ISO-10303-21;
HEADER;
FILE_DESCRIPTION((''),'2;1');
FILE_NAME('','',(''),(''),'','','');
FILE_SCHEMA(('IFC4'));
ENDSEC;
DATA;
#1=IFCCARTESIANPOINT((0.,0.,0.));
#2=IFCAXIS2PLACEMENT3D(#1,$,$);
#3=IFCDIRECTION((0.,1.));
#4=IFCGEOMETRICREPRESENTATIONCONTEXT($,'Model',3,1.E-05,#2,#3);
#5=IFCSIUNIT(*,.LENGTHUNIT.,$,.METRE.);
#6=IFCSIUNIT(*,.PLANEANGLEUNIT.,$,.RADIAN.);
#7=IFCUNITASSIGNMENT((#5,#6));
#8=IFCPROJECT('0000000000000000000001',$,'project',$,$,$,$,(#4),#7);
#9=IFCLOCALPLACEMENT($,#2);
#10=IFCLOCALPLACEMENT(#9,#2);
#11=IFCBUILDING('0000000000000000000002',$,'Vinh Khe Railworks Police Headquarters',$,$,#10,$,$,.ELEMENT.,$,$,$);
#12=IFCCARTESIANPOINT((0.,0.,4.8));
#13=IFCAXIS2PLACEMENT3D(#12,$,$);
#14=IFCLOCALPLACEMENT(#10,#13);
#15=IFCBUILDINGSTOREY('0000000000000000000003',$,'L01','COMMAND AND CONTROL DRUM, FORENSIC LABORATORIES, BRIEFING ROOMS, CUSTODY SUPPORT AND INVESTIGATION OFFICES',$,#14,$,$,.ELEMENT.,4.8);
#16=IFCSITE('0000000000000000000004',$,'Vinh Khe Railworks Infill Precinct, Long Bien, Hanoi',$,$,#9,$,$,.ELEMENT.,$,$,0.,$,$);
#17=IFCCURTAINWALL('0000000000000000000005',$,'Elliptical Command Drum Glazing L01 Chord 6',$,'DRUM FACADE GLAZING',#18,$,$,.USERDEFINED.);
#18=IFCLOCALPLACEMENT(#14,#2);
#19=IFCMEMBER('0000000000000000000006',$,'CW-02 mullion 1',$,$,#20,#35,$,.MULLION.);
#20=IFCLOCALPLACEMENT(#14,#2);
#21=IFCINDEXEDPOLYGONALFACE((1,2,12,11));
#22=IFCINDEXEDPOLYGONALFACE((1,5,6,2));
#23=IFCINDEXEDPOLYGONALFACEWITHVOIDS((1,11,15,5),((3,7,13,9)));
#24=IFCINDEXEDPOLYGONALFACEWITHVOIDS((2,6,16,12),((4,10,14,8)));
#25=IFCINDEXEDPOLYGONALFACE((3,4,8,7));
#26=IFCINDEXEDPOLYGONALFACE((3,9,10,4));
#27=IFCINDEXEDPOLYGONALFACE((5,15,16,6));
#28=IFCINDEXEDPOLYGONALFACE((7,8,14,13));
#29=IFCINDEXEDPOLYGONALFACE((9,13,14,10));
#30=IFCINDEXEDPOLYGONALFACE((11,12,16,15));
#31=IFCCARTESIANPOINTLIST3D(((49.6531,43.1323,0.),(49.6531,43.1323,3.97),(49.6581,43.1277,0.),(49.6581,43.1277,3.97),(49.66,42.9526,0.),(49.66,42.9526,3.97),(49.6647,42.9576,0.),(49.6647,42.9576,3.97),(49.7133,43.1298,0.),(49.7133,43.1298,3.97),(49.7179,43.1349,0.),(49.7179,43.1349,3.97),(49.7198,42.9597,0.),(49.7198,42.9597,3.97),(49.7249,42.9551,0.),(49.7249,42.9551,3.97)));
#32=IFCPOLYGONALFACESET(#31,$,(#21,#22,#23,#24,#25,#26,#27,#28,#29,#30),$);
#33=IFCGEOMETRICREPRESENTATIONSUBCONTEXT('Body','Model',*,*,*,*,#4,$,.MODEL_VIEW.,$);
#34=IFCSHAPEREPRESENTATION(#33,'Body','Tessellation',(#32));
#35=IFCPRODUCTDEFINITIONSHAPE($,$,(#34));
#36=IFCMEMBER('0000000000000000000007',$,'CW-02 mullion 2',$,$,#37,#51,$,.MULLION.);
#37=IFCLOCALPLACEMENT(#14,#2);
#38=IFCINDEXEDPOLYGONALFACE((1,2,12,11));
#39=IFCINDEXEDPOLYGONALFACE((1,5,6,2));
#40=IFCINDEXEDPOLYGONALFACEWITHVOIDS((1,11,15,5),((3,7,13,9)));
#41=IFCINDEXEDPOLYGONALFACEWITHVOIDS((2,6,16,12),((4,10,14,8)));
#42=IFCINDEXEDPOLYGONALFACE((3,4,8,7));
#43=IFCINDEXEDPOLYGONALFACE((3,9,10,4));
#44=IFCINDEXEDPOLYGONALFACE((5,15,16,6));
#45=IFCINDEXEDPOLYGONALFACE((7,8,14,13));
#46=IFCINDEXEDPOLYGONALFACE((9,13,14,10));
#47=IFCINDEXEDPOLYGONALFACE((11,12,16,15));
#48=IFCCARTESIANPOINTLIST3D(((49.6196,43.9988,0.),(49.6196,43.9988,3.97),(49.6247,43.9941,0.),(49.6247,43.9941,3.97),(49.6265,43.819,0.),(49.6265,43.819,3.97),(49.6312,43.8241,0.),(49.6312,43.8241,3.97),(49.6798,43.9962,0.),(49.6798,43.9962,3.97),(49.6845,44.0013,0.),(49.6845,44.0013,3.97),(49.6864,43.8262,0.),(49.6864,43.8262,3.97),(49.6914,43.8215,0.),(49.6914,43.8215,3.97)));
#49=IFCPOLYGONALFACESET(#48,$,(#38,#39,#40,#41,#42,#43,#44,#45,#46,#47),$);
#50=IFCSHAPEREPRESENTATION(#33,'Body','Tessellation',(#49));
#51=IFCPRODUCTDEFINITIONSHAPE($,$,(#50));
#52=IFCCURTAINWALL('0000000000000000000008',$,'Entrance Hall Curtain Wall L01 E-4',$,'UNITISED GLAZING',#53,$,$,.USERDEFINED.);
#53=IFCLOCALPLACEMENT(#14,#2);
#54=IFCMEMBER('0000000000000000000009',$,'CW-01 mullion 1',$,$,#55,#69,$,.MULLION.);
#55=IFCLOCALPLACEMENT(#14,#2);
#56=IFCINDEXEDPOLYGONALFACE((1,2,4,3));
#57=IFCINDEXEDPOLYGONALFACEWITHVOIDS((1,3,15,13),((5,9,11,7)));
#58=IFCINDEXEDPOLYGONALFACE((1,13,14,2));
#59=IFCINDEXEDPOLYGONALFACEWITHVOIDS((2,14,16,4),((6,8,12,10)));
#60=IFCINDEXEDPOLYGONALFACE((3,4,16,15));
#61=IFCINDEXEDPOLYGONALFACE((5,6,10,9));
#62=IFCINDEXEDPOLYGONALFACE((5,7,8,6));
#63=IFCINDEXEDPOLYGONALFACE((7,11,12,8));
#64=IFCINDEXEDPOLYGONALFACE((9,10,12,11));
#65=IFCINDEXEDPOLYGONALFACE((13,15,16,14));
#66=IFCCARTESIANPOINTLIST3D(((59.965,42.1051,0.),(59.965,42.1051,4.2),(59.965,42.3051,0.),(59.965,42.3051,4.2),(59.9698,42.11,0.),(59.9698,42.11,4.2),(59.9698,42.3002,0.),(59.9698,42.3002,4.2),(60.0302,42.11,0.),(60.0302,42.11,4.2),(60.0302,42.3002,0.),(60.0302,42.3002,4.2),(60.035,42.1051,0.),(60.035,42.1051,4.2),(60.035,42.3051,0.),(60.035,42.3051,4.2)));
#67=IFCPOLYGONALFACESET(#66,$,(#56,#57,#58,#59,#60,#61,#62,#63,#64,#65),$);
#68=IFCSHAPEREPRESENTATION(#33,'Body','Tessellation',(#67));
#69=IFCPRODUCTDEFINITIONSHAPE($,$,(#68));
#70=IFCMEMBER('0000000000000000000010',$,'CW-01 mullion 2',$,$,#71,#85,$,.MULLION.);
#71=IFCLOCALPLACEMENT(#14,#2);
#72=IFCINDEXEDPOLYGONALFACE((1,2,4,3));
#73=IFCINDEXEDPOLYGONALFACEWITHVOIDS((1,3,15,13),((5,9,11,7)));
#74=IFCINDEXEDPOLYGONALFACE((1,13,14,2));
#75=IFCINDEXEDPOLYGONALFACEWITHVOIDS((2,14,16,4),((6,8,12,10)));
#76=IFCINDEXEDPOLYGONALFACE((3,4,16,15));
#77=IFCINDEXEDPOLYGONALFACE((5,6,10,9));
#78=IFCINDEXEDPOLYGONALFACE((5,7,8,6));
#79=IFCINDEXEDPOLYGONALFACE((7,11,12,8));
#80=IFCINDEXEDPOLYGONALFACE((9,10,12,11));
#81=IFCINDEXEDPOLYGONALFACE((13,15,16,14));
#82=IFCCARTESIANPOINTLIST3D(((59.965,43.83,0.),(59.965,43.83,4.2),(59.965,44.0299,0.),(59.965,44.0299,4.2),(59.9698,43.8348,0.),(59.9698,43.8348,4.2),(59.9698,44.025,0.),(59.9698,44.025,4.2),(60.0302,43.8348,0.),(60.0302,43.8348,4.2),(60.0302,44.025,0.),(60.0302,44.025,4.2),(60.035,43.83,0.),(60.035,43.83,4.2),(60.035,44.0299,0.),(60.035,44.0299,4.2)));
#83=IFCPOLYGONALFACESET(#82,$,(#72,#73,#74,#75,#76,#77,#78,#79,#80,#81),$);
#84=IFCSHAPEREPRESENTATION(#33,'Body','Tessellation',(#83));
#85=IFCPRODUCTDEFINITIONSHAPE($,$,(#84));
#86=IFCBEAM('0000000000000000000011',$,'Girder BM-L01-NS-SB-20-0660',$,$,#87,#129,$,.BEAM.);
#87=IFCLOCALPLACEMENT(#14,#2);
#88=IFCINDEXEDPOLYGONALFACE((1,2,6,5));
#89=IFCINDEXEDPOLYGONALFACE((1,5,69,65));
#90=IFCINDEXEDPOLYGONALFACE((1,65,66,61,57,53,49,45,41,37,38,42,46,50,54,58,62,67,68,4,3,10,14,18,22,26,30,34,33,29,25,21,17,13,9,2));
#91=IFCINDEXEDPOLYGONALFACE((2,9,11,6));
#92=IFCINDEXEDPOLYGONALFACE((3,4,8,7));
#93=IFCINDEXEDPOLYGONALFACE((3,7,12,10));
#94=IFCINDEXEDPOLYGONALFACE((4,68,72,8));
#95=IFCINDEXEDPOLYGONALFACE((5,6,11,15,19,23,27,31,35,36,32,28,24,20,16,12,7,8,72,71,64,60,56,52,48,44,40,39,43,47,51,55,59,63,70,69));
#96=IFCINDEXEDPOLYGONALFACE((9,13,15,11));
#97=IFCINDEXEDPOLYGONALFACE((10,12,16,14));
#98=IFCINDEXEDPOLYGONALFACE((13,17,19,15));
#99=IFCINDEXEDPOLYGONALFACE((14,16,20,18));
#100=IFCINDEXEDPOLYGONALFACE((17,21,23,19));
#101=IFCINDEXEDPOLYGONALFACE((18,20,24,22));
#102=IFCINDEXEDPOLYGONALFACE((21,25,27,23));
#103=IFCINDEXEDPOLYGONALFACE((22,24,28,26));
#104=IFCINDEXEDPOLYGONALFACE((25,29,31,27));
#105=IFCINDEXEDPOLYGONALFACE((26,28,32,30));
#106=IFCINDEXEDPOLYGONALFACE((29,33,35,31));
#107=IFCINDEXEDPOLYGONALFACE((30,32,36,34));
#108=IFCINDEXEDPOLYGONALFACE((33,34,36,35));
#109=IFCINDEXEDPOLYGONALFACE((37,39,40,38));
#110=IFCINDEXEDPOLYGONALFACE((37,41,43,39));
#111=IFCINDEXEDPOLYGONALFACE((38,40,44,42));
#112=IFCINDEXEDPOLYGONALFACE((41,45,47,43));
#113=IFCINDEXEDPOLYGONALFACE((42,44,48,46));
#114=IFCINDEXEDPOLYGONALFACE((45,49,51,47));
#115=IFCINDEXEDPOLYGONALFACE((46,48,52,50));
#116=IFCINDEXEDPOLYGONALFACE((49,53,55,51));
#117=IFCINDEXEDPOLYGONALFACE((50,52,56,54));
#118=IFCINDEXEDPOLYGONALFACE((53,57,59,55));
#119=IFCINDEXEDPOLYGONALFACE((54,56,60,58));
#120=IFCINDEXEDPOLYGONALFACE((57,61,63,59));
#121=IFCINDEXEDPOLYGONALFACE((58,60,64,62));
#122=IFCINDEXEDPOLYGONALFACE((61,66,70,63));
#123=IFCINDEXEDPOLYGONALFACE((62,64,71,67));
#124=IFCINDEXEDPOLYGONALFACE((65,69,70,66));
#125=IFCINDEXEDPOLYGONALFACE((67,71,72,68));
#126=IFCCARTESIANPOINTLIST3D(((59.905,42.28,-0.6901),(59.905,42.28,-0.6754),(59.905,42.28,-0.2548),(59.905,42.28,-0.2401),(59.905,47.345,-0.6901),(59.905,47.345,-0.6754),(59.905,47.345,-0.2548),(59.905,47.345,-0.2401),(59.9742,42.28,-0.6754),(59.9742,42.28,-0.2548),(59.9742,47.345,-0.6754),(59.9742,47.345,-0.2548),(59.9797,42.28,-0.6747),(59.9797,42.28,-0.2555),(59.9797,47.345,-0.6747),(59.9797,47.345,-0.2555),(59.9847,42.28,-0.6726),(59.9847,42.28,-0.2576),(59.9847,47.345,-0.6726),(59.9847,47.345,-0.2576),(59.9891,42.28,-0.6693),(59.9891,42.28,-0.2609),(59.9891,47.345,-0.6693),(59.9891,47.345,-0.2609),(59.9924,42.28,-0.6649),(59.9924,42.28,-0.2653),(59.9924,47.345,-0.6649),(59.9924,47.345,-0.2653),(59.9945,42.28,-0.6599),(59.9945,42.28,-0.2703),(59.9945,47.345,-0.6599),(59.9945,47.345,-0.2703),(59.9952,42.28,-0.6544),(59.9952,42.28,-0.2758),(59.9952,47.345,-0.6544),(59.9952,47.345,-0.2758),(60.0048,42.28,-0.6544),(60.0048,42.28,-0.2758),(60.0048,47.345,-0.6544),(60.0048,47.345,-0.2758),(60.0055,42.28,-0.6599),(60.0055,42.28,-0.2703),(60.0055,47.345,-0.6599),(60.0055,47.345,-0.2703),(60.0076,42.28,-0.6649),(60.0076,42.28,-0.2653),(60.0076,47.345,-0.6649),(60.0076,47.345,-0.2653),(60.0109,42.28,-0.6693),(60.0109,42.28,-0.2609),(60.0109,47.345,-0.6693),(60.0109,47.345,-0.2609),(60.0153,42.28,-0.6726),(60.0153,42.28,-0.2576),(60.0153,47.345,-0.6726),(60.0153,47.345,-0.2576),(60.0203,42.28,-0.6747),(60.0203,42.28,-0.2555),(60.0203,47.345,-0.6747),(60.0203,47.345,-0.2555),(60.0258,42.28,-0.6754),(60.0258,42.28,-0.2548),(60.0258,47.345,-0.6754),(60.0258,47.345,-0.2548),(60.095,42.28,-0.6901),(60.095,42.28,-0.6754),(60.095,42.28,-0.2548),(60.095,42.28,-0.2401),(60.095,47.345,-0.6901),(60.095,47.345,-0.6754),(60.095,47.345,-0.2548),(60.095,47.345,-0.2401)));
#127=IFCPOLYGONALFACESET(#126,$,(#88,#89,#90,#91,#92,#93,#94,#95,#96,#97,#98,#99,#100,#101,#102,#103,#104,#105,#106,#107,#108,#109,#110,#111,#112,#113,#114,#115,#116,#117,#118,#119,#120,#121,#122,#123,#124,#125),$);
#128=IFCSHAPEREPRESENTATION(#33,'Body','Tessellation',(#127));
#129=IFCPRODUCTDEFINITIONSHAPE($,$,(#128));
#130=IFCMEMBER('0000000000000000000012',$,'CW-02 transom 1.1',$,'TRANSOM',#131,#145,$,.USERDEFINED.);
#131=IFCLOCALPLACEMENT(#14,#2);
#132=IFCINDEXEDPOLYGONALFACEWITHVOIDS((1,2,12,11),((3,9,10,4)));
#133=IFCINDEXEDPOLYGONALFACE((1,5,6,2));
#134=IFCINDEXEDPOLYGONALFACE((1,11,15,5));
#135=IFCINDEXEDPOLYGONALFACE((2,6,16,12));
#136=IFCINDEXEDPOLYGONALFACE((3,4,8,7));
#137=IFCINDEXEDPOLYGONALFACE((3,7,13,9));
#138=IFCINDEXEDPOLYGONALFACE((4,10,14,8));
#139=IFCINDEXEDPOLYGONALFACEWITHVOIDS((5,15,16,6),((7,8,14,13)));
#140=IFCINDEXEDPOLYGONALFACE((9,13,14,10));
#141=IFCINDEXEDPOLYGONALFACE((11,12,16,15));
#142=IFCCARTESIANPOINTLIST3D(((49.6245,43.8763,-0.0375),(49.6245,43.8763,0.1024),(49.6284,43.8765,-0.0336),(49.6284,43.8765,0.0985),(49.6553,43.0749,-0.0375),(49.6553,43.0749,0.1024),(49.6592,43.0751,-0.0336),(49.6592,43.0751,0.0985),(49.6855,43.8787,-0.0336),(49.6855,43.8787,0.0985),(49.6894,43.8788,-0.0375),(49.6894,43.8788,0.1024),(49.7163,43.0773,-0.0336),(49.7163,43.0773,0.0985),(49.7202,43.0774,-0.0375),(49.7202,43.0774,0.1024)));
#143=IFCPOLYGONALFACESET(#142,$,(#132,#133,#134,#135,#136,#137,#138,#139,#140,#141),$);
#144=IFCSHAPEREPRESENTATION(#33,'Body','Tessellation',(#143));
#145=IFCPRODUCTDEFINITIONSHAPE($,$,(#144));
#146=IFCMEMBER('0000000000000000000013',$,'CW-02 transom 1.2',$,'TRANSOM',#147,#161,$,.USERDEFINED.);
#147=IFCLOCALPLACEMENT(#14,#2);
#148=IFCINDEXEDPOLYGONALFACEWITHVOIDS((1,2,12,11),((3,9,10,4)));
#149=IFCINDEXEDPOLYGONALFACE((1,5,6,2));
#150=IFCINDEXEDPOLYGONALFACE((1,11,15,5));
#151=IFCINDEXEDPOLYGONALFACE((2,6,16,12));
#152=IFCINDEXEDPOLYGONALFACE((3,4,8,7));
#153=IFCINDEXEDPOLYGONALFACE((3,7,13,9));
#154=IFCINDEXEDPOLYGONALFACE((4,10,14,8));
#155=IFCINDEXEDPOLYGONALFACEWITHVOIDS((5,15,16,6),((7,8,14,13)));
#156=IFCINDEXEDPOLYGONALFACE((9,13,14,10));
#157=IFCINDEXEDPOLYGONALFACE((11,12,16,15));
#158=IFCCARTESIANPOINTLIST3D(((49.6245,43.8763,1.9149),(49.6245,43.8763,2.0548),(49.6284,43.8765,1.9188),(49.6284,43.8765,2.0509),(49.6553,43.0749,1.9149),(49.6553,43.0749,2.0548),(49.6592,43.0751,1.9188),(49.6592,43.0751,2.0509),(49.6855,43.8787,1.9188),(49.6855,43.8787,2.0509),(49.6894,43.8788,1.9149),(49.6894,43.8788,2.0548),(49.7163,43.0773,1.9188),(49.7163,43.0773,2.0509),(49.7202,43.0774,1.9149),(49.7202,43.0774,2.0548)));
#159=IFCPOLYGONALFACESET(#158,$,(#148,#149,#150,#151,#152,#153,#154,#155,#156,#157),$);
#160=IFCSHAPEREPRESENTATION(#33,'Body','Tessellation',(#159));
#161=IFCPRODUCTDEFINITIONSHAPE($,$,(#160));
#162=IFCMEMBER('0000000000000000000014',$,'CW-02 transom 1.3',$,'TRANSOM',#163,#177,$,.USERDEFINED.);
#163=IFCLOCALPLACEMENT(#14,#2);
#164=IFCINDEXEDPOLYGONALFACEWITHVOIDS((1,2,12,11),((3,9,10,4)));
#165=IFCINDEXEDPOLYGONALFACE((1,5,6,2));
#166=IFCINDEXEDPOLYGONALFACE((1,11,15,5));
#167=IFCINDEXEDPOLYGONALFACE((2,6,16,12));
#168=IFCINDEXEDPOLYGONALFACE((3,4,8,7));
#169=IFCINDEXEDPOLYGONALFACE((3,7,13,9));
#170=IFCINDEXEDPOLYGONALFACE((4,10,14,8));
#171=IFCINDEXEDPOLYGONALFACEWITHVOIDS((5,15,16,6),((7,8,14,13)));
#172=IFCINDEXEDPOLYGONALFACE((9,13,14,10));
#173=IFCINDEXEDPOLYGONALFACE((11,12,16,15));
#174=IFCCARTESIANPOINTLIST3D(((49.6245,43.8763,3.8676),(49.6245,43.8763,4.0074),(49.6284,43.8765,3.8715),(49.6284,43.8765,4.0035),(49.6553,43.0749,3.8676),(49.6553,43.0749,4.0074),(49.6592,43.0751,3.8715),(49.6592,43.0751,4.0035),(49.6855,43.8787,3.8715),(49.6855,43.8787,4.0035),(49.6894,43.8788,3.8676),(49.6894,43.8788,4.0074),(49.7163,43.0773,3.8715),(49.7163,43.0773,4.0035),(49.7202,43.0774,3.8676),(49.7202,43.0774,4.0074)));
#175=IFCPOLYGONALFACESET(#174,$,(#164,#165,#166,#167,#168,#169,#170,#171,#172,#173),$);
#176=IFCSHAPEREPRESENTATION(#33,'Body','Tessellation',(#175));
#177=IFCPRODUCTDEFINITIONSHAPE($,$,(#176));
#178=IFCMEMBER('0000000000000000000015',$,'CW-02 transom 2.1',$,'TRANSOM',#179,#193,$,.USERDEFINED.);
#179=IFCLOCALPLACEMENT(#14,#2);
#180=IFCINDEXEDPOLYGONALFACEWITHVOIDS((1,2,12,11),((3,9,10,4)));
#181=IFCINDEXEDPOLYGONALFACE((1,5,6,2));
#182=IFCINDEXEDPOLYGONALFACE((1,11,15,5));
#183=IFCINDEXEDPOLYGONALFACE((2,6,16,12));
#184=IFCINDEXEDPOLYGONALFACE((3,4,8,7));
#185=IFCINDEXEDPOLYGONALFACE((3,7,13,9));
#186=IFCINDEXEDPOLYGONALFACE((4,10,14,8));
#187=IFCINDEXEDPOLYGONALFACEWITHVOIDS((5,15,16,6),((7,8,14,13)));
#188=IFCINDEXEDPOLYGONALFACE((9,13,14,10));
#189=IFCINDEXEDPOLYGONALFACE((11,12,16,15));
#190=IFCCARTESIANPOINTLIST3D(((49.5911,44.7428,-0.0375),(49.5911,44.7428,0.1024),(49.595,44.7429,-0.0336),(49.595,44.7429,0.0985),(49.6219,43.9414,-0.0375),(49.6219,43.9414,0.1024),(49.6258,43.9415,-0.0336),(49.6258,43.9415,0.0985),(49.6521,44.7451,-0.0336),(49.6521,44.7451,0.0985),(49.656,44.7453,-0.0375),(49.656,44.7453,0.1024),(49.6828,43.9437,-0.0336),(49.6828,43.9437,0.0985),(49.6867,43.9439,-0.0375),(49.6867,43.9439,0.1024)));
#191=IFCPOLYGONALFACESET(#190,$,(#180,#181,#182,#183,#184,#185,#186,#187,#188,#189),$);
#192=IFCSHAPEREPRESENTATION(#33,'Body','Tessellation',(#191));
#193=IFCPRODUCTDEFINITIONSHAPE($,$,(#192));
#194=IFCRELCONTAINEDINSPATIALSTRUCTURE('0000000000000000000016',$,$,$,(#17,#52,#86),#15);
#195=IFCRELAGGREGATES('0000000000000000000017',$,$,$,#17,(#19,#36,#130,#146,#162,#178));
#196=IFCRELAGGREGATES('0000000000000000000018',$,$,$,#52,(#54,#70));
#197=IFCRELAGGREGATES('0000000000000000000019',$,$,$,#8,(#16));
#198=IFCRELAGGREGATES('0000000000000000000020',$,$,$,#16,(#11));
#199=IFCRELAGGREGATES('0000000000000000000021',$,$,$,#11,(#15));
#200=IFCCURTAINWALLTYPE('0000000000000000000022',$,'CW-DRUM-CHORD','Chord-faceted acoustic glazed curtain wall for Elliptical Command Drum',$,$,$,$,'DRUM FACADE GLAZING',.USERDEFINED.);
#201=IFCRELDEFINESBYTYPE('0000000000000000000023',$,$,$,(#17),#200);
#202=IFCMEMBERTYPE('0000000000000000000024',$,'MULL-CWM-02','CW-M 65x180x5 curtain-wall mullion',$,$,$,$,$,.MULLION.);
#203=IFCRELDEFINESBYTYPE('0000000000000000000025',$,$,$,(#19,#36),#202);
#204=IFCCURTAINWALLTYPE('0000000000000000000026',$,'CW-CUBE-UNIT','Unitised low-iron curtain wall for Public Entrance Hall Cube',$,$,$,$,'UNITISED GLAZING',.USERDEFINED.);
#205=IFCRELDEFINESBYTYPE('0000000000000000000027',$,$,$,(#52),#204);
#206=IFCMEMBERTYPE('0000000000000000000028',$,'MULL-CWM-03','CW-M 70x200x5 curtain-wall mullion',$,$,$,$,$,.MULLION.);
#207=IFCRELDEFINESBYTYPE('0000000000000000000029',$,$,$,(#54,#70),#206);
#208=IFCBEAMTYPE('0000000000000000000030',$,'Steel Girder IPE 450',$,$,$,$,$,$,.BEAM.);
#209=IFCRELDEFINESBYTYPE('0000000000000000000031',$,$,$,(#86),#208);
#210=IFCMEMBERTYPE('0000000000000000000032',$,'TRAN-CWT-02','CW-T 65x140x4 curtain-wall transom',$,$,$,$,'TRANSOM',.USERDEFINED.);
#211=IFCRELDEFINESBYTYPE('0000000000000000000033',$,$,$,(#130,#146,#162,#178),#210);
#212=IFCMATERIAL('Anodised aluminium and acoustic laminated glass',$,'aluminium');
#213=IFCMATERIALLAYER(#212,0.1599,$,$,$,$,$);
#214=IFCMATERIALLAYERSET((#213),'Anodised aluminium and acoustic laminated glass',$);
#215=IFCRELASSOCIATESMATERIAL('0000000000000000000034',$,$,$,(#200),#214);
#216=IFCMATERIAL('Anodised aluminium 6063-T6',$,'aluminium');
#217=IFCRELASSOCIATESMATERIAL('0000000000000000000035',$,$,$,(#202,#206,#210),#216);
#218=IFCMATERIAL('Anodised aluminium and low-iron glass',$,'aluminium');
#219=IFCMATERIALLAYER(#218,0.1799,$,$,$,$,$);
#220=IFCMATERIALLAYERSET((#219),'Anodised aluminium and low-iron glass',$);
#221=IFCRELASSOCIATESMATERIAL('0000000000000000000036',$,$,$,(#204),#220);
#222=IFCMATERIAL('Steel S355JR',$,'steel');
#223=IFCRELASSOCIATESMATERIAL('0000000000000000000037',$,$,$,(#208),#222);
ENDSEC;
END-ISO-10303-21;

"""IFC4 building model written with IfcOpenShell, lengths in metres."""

from ifc_helpers import new_model, si_unit, direction, frame, origin, origin_2d, place, context, subcontext, project, spatial, hollow_rectangle, i_section, extrude, material, layer, layer_set, material_profile, profile_set, type_object, element, aggregate, save


model = new_model("IFC4")

# Units and contexts
model_context = context("Model", 3, precision=1e-05, world=origin(), true_north=direction((0.0, 1.0)))
body_context = subcontext(model_context, "Body", "Model", "MODEL_VIEW")
ifc_project = project(units=[si_unit("LENGTHUNIT", "METRE"), si_unit("PLANEANGLEUNIT", "RADIAN")], contexts=[model_context])

# Site, building, storey
site_placement = place(None, origin())
site = spatial("IfcSite", under=ifc_project, at=site_placement, Name="Vinh Khe Railworks Infill Precinct, Long Bien, Hanoi", CompositionType="ELEMENT", RefElevation=0.0)
building_placement = place(site_placement, origin())
building = spatial("IfcBuilding", under=site, at=building_placement, Name="Vinh Khe Railworks Police Headquarters", CompositionType="ELEMENT")
storey_placement = place(building_placement, frame((0.0, 0.0, 4.8)))
storey = spatial("IfcBuildingStorey", under=building, at=storey_placement, Name="L01", Description="COMMAND AND CONTROL DRUM, FORENSIC LABORATORIES, BRIEFING ROOMS, CUSTODY SUPPORT AND INVESTIGATION OFFICES", CompositionType="ELEMENT", Elevation=4.8)

# Curtain walls, members
ifc_material_1 = material(Name="Anodised aluminium and acoustic laminated glass", Category="aluminium")
ifc_layer_1 = layer(ifc_material_1, 0.1599)
ifc_layer_set_1 = layer_set([ifc_layer_1], Name="Anodised aluminium and acoustic laminated glass")
curtain_wall_type_1 = type_object("IfcCurtainWallType", Name="CW-DRUM-CHORD", Description="Chord-faceted acoustic glazed curtain wall for Elliptical Command Drum", ElementType="DRUM FACADE GLAZING", PredefinedType="USERDEFINED", material=ifc_layer_set_1)
curtain_wall_1_placement = place(storey_placement, origin())
curtain_wall_1 = element("IfcCurtainWall", 1, at=curtain_wall_1_placement, inside=storey, type_object=curtain_wall_type_1, Name="Elliptical Command Drum Glazing L01 Chord 6", ObjectType="DRUM FACADE GLAZING", PredefinedType="USERDEFINED")
ifc_material_2 = material(Name="Anodised aluminium 6063-T6", Category="aluminium")
ifc_material_profile_1 = material_profile(ifc_material_2, hollow_rectangle(XDim=0.0649, YDim=0.1799, WallThickness=0.0049, at=origin_2d()), Name="CW-M 65x180x5")
ifc_profile_set_1 = profile_set([ifc_material_profile_1], Name="Anodised aluminium 6063-T6")
member_type_1 = type_object("IfcMemberType", Name="MULL-CWM-02", Description="CW-M 65x180x5 curtain-wall mullion", PredefinedType="MULLION", material=ifc_profile_set_1)
member_1_placement = place(storey_placement, frame((49.689, 43.0437, 0.0), z_axis=(0.0, 0.0, 1.0), x_axis=(-0.999258, -0.038512, 0.0)))
member_1 = element("IfcMember", 2, at=member_1_placement, type_object=member_type_1, Name="CW-02 mullion 1", PredefinedType="MULLION", context=body_context, shape_type="SweptSolid", body=[
    extrude(hollow_rectangle(XDim=0.0649, YDim=0.1799, WallThickness=0.0049, at=origin_2d()), origin(), (0.0, 0.0, 1.0), 3.97),
])
member_2_placement = place(storey_placement, frame((49.6555, 43.9102, 0.0), z_axis=(0.0, 0.0, 1.0), x_axis=(-0.999258, -0.038512, 0.0)))
member_2 = element("IfcMember", 3, at=member_2_placement, type_object=member_type_1, Name="CW-02 mullion 2", PredefinedType="MULLION", context=body_context, shape_type="SweptSolid", body=[
    extrude(hollow_rectangle(XDim=0.0649, YDim=0.1799, WallThickness=0.0049, at=origin_2d()), origin(), (0.0, 0.0, 1.0), 3.97),
])
ifc_material_3 = material(Name="Anodised aluminium and low-iron glass", Category="aluminium")
ifc_layer_2 = layer(ifc_material_3, 0.1799)
ifc_layer_set_2 = layer_set([ifc_layer_2], Name="Anodised aluminium and low-iron glass")
curtain_wall_type_2 = type_object("IfcCurtainWallType", Name="CW-CUBE-UNIT", Description="Unitised low-iron curtain wall for Public Entrance Hall Cube", ElementType="UNITISED GLAZING", PredefinedType="USERDEFINED", material=ifc_layer_set_2)
curtain_wall_2_placement = place(storey_placement, origin())
curtain_wall_2 = element("IfcCurtainWall", 4, at=curtain_wall_2_placement, inside=storey, type_object=curtain_wall_type_2, Name="Entrance Hall Curtain Wall L01 E-4", ObjectType="UNITISED GLAZING", PredefinedType="USERDEFINED")
ifc_material_profile_2 = material_profile(ifc_material_2, hollow_rectangle(XDim=0.0701, YDim=0.2, WallThickness=0.0049, at=origin_2d()), Name="CW-M 70x200x5")
ifc_profile_set_2 = profile_set([ifc_material_profile_2], Name="Anodised aluminium 6063-T6")
member_type_2 = type_object("IfcMemberType", Name="MULL-CWM-03", Description="CW-M 70x200x5 curtain-wall mullion", PredefinedType="MULLION", material=ifc_profile_set_2)
member_3_placement = place(storey_placement, frame((60.0, 42.2051, 0.0), z_axis=(0.0, 0.0, 1.0), x_axis=(-1.0, 0.0, 0.0)))
member_3 = element("IfcMember", 5, at=member_3_placement, type_object=member_type_2, Name="CW-01 mullion 1", PredefinedType="MULLION", context=body_context, shape_type="SweptSolid", body=[
    extrude(hollow_rectangle(XDim=0.0701, YDim=0.2, WallThickness=0.0049, at=origin_2d()), origin(), (0.0, 0.0, 1.0), 4.2),
])
member_4_placement = place(storey_placement, frame((60.0, 43.9299, 0.0), z_axis=(0.0, 0.0, 1.0), x_axis=(-1.0, 0.0, 0.0)))
member_4 = element("IfcMember", 6, at=member_4_placement, type_object=member_type_2, Name="CW-01 mullion 2", PredefinedType="MULLION", context=body_context, shape_type="SweptSolid", body=[
    extrude(hollow_rectangle(XDim=0.0701, YDim=0.2, WallThickness=0.0049, at=origin_2d()), origin(), (0.0, 0.0, 1.0), 4.2),
])

# Beam
ifc_material_4 = material(Name="Steel S355JR", Category="steel")
ifc_material_profile_3 = material_profile(ifc_material_4, i_section(OverallWidth=0.1899, OverallDepth=0.45, WebThickness=0.0095, FlangeThickness=0.0146, FilletRadius=0.021, at=origin_2d()), Name="IPE 450")
ifc_profile_set_3 = profile_set([ifc_material_profile_3], Name="Steel S355JR")
beam_type = type_object("IfcBeamType", Name="Steel Girder IPE 450", PredefinedType="BEAM", material=ifc_profile_set_3)
beam_placement = place(storey_placement, frame((60.0, 42.28, -0.4651), z_axis=(0.0, 1.0, 0.0), x_axis=(-1.0, 0.0, 0.0)))
element("IfcBeam", 7, at=beam_placement, inside=storey, type_object=beam_type, Name="Girder BM-L01-NS-SB-20-0660", PredefinedType="BEAM", context=body_context, shape_type="SweptSolid", body=[
    extrude(i_section(OverallWidth=0.1899, OverallDepth=0.45, WebThickness=0.0095, FlangeThickness=0.0146, FilletRadius=0.021, at=origin_2d()), origin(), (0.0, 0.0, 1.0), 5.0649),
])

# Members
ifc_material_profile_4 = material_profile(ifc_material_2, hollow_rectangle(XDim=0.0649, YDim=0.1399, WallThickness=0.0039, at=origin_2d()), Name="CW-T 65x140x4")
ifc_profile_set_4 = profile_set([ifc_material_profile_4], Name="Anodised aluminium 6063-T6")
member_type_3 = type_object("IfcMemberType", Name="TRAN-CWT-02", Description="CW-T 65x140x4 curtain-wall transom", ElementType="TRANSOM", PredefinedType="USERDEFINED", material=ifc_profile_set_4)
member_5_placement = place(storey_placement, frame((49.6877, 43.0762, 0.0325), z_axis=(-0.038351, 0.999264, 0.0), x_axis=(-0.999264, -0.038351, 0.0)))
member_5 = element("IfcMember", 8, at=member_5_placement, type_object=member_type_3, Name="CW-02 transom 1.1", ObjectType="TRANSOM", PredefinedType="USERDEFINED", context=body_context, shape_type="SweptSolid", body=[
    extrude(hollow_rectangle(XDim=0.0649, YDim=0.1399, WallThickness=0.0039, at=origin_2d()), origin(), (0.0, 0.0, 1.0), 0.802),
])
member_6_placement = place(storey_placement, frame((49.6877, 43.0762, 1.9849), z_axis=(-0.038351, 0.999264, 0.0), x_axis=(-0.999264, -0.038351, 0.0)))
member_6 = element("IfcMember", 9, at=member_6_placement, type_object=member_type_3, Name="CW-02 transom 1.2", ObjectType="TRANSOM", PredefinedType="USERDEFINED", context=body_context, shape_type="SweptSolid", body=[
    extrude(hollow_rectangle(XDim=0.0649, YDim=0.1399, WallThickness=0.0039, at=origin_2d()), origin(), (0.0, 0.0, 1.0), 0.802),
])
member_7_placement = place(storey_placement, frame((49.6877, 43.0762, 3.9375), z_axis=(-0.038351, 0.999264, 0.0), x_axis=(-0.999264, -0.038351, 0.0)))
member_7 = element("IfcMember", 10, at=member_7_placement, type_object=member_type_3, Name="CW-02 transom 1.3", ObjectType="TRANSOM", PredefinedType="USERDEFINED", context=body_context, shape_type="SweptSolid", body=[
    extrude(hollow_rectangle(XDim=0.0649, YDim=0.1399, WallThickness=0.0039, at=origin_2d()), origin(), (0.0, 0.0, 1.0), 0.802),
])
member_8_placement = place(storey_placement, frame((49.6543, 43.9426, 0.0325), z_axis=(-0.038351, 0.999264, 0.0), x_axis=(-0.999264, -0.038351, 0.0)))
member_8 = element("IfcMember", 11, at=member_8_placement, type_object=member_type_3, Name="CW-02 transom 2.1", ObjectType="TRANSOM", PredefinedType="USERDEFINED", context=body_context, shape_type="SweptSolid", body=[
    extrude(hollow_rectangle(XDim=0.0649, YDim=0.1399, WallThickness=0.0039, at=origin_2d()), origin(), (0.0, 0.0, 1.0), 0.802),
])

aggregate(curtain_wall_1, [member_1, member_2, member_5, member_6, member_7, member_8])
aggregate(curtain_wall_2, [member_3, member_4])

save(model, "model.ifc")
